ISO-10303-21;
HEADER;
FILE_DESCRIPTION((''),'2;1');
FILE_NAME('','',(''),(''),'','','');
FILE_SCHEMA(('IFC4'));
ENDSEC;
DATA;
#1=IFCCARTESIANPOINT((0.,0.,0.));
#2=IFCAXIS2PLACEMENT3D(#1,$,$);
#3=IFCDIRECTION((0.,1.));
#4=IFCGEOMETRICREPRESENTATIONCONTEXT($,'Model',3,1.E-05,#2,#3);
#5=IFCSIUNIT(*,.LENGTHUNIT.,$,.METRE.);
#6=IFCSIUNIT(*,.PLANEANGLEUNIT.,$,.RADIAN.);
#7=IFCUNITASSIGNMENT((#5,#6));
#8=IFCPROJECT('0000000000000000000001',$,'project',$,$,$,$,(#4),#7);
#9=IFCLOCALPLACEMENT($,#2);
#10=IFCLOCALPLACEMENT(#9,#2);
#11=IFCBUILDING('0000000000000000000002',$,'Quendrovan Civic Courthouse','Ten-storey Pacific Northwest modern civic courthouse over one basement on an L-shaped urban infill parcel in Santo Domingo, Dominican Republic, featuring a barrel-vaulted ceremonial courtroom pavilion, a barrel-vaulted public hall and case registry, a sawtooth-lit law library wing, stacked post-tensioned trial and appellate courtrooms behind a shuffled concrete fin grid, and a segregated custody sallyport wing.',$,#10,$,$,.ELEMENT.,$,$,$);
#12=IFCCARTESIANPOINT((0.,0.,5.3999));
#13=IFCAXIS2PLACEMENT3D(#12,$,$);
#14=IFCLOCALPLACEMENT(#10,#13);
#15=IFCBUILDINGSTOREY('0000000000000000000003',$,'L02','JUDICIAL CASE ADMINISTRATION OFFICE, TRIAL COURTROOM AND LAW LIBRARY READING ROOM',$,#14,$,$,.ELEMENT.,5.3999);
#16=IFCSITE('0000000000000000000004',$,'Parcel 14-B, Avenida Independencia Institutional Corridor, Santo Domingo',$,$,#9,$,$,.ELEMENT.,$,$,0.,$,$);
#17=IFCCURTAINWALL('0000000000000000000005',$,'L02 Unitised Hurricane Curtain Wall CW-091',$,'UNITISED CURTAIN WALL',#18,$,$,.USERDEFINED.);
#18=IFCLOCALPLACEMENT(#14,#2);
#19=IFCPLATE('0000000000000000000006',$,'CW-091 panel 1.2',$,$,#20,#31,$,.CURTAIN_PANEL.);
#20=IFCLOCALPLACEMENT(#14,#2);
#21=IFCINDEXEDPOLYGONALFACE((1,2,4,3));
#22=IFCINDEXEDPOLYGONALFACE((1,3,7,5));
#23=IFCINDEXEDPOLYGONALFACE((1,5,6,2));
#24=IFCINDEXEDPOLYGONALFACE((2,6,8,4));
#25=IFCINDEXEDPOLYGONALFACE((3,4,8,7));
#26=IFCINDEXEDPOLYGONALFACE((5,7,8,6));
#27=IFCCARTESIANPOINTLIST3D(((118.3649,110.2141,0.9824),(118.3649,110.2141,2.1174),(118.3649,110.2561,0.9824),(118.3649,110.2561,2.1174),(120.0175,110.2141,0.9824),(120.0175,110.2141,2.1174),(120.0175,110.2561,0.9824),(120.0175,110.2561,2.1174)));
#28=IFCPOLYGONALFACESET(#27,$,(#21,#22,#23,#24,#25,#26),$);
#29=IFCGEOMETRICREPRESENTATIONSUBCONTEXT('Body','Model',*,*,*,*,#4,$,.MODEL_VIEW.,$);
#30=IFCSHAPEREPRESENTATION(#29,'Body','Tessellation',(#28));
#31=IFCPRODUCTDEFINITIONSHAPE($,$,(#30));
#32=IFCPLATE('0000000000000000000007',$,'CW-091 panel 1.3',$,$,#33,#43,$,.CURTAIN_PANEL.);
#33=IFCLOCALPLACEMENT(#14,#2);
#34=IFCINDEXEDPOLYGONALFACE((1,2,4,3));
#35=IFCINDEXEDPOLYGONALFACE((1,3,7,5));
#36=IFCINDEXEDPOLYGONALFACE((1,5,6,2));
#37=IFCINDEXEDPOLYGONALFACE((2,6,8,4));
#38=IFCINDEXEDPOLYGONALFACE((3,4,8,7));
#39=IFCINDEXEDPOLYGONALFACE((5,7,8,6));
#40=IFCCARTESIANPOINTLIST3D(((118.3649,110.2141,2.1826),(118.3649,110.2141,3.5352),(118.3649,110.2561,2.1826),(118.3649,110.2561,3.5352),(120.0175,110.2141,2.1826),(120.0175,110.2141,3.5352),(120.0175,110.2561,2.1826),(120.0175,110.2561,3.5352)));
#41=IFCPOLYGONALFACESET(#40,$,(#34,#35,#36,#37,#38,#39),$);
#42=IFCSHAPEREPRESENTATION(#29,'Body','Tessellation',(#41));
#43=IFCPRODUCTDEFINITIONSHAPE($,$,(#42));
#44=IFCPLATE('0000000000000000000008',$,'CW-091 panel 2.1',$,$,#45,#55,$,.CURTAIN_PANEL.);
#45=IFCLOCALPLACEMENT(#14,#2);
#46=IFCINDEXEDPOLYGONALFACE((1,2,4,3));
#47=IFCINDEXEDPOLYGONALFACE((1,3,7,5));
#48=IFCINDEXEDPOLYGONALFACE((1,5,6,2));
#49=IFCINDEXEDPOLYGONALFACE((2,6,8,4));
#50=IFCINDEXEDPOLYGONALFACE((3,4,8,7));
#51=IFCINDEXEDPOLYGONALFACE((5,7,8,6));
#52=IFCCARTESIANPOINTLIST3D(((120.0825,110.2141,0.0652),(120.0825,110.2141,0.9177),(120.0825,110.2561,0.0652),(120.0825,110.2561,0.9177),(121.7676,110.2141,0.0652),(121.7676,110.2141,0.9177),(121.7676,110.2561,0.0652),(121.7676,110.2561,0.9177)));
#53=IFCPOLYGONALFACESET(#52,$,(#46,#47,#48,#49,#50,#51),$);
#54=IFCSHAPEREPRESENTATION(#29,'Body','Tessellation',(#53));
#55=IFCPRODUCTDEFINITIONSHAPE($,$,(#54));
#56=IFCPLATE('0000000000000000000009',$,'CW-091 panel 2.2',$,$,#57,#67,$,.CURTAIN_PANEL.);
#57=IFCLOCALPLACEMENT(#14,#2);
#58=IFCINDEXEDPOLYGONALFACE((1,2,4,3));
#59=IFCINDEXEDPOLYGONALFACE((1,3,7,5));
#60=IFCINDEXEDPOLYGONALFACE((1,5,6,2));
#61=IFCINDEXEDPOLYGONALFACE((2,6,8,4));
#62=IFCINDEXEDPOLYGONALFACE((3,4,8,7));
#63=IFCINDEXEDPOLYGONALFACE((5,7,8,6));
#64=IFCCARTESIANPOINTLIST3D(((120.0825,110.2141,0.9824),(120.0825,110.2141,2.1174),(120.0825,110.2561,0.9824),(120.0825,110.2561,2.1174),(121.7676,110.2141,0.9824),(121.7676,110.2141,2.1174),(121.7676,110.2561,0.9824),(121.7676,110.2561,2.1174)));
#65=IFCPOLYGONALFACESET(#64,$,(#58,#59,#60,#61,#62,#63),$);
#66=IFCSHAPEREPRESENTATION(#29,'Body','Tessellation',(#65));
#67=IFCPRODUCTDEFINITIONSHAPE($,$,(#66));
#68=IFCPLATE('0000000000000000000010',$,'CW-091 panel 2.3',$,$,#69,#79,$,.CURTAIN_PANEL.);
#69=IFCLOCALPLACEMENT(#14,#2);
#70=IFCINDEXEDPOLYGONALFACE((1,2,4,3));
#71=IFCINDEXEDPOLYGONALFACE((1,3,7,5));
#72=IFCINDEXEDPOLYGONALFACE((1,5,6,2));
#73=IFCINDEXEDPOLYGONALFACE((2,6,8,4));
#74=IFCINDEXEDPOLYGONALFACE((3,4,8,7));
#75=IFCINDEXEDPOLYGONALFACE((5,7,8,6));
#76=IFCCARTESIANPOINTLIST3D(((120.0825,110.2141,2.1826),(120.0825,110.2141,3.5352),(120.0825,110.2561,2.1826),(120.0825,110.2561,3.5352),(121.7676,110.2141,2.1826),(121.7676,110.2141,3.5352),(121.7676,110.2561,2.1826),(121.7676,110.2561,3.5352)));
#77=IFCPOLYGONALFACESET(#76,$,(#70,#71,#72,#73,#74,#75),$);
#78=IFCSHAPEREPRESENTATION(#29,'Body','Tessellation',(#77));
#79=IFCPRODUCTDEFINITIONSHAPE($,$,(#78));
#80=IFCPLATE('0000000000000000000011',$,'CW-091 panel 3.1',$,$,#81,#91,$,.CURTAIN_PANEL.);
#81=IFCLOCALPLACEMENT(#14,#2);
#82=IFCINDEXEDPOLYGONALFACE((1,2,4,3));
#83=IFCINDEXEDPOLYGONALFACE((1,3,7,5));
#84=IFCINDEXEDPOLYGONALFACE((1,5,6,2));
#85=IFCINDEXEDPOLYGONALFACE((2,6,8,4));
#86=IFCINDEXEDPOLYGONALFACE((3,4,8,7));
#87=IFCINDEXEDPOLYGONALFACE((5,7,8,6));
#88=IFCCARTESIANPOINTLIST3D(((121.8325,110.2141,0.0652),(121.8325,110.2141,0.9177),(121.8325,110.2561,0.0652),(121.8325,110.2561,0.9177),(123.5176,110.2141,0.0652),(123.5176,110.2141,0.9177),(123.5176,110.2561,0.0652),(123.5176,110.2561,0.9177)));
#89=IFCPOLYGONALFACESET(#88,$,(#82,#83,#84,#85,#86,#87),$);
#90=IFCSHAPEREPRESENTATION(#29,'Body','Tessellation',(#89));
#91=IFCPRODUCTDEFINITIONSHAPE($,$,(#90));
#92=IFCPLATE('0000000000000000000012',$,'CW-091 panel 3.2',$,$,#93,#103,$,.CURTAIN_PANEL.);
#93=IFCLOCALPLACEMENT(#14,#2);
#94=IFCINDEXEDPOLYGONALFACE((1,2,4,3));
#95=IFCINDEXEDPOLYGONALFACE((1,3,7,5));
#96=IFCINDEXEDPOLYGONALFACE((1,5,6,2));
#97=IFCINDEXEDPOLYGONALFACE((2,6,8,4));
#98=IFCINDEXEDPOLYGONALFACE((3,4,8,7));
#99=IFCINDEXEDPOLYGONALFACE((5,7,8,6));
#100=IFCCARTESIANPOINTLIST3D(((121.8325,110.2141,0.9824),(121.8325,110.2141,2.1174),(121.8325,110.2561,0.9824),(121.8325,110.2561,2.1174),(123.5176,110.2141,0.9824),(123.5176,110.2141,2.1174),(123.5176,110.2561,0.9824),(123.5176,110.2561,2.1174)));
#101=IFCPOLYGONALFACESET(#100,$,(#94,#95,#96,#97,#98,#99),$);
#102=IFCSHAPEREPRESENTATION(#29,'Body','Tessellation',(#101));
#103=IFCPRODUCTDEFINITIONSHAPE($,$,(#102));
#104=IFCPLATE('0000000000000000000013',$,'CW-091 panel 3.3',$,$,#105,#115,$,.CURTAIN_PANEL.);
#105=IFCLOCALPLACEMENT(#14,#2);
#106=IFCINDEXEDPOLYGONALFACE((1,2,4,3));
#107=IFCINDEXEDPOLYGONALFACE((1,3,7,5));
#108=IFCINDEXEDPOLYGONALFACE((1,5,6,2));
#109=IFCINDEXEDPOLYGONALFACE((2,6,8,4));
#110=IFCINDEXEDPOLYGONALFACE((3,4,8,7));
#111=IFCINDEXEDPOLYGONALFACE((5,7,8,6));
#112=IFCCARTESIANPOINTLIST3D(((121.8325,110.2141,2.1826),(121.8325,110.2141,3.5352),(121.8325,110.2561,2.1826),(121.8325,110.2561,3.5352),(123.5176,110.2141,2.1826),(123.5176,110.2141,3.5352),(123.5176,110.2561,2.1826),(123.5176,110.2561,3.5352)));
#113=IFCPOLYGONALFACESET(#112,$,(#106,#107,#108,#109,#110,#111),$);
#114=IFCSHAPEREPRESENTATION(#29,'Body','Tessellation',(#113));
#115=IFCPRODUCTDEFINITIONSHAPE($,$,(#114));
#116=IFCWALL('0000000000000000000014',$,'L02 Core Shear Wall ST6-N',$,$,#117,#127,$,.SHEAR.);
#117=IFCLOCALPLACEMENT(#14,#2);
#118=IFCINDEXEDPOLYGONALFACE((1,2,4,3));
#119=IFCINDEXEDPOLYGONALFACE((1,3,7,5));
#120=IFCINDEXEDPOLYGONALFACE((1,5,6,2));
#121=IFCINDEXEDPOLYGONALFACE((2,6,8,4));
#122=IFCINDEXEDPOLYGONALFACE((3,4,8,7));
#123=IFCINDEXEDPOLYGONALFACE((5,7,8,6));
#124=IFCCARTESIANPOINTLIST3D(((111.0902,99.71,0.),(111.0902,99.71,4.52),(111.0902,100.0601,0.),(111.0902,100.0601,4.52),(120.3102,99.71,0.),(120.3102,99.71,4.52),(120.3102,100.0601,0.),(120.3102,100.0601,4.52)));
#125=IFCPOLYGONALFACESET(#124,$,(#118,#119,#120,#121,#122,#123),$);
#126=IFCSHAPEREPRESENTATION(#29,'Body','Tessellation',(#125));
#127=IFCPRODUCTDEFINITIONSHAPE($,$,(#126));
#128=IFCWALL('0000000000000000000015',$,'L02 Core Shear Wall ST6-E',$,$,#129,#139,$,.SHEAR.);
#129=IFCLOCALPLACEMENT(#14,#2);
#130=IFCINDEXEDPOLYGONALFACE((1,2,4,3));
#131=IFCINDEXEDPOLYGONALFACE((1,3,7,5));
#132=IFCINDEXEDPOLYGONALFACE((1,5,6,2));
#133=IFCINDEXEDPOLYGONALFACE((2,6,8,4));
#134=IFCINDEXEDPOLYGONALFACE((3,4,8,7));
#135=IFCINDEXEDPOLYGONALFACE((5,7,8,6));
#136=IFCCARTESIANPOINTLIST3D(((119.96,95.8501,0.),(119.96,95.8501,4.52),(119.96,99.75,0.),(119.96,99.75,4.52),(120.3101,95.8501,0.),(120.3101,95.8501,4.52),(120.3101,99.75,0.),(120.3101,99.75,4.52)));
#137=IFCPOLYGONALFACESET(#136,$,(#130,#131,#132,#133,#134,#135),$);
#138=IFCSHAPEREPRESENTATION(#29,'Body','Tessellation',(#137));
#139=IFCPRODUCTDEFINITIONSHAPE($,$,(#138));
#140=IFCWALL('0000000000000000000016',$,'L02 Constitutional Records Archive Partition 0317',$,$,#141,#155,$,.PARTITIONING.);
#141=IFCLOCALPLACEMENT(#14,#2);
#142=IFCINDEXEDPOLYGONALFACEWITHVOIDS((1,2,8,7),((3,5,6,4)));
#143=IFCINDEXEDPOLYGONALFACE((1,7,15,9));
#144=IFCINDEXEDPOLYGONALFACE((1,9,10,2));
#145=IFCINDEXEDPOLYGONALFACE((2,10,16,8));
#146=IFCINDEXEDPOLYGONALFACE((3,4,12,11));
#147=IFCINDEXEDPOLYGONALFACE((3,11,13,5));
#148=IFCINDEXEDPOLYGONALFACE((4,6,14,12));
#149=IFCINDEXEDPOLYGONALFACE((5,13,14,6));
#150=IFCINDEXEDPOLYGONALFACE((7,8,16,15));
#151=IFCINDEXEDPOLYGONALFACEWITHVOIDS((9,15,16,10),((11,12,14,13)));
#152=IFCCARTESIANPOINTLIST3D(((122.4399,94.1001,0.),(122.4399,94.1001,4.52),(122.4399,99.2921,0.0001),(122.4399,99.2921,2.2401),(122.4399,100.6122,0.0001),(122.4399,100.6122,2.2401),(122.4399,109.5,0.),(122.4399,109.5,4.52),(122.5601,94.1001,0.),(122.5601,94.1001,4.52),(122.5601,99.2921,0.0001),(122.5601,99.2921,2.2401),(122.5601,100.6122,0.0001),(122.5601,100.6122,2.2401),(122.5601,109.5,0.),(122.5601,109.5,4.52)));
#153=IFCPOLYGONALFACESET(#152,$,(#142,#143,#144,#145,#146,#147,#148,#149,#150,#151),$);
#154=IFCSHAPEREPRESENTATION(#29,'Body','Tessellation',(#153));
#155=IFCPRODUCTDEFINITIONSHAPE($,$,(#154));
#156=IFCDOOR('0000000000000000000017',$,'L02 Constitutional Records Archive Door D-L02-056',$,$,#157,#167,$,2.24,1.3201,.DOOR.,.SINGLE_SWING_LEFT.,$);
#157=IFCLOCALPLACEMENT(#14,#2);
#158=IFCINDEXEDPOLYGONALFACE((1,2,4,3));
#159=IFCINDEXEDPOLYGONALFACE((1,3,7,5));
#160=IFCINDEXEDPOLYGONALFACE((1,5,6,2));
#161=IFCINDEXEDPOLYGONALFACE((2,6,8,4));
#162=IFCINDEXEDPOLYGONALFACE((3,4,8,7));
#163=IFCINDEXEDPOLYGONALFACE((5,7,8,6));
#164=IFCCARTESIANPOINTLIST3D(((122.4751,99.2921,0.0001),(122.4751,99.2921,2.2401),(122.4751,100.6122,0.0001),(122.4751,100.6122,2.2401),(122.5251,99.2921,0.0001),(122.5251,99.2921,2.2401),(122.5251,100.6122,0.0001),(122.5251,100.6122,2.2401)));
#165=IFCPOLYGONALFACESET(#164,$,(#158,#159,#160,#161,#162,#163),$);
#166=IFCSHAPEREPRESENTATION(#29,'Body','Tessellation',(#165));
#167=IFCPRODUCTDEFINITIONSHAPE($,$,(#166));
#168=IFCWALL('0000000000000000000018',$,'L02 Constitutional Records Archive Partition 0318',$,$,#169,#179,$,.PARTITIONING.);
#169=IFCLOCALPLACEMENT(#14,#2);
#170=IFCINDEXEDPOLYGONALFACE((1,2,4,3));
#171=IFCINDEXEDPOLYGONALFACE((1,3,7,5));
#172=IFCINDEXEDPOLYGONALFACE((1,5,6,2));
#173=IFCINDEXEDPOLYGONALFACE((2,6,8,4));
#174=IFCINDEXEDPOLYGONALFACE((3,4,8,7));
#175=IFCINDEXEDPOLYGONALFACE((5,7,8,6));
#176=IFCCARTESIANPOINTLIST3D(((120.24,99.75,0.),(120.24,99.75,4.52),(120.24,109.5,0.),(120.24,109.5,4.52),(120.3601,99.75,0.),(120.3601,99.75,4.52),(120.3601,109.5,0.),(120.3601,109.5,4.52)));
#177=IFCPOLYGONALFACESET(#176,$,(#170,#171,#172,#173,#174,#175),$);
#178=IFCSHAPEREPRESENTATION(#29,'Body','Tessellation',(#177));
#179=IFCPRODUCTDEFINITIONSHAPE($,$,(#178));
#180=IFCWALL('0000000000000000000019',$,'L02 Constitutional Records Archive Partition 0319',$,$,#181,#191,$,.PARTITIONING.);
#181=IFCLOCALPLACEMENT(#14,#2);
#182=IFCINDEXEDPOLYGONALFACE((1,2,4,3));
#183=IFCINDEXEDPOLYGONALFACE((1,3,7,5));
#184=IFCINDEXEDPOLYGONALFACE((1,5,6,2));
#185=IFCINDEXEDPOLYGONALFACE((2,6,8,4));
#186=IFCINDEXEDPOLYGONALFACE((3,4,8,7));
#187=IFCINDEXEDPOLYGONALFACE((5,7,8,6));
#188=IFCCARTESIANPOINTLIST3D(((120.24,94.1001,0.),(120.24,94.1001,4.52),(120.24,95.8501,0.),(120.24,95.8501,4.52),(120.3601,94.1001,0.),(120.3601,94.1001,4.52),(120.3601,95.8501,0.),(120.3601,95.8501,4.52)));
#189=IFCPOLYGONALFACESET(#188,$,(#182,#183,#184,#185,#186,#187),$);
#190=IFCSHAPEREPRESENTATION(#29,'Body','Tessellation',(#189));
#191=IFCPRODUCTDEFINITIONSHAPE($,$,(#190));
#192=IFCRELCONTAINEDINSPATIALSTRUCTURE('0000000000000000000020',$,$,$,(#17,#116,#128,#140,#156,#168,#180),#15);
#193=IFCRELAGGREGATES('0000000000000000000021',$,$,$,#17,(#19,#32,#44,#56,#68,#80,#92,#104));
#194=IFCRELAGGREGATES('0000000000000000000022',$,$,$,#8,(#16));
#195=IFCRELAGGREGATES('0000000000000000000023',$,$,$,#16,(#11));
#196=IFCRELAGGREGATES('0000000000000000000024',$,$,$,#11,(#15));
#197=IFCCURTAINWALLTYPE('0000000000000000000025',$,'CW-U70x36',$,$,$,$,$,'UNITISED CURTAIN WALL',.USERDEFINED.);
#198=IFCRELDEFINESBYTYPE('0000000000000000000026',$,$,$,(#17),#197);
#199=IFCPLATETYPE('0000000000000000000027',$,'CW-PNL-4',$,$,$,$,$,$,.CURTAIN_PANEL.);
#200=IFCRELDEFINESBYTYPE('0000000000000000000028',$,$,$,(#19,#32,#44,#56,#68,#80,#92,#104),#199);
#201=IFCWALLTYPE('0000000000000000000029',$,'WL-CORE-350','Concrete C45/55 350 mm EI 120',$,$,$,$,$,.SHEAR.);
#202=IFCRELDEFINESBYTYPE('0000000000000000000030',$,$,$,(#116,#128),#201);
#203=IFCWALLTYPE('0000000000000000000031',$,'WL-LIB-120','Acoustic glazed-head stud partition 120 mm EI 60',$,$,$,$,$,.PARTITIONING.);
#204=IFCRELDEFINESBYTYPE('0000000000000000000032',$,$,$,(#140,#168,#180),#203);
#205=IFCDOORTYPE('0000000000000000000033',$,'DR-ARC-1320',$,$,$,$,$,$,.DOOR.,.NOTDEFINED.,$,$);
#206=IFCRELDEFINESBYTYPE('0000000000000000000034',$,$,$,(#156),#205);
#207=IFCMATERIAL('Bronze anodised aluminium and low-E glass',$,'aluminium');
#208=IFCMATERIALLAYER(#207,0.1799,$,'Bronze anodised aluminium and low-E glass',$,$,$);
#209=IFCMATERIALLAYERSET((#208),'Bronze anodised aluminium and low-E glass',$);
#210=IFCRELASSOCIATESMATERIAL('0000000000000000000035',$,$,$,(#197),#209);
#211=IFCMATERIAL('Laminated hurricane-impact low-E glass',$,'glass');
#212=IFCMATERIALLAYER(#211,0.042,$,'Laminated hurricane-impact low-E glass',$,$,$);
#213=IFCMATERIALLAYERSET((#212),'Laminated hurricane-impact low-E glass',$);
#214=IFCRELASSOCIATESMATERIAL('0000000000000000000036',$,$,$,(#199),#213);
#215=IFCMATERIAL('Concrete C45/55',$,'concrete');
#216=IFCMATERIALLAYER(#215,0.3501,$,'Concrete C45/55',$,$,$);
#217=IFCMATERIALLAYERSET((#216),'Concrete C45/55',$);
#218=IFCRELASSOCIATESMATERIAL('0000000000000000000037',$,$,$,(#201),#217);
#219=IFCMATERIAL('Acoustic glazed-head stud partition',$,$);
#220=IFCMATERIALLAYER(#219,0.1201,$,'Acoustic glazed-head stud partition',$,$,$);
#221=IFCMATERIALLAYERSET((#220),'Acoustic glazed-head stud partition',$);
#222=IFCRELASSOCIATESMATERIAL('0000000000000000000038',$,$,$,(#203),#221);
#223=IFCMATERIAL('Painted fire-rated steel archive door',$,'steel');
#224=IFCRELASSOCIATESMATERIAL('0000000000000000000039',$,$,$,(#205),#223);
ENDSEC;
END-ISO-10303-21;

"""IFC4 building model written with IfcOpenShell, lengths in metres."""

from ifc_helpers import new_model, si_unit, direction, frame, frame_2d, origin, origin_2d, place, context, subcontext, project, spatial, rectangle, extrude, material, layer, layer_set, type_object, element, fill, aggregate, save


model = new_model("IFC4")

# Units and contexts
model_context = context("Model", 3, precision=1e-05, world=origin(), true_north=direction((0.0, 1.0)))
body_context = subcontext(model_context, "Body", "Model", "MODEL_VIEW")
ifc_project = project(units=[si_unit("LENGTHUNIT", "METRE"), si_unit("PLANEANGLEUNIT", "RADIAN")], contexts=[model_context])

# Site, building, storey
site_placement = place(None, origin())
site = spatial("IfcSite", under=ifc_project, at=site_placement, Name="Parcel 14-B, Avenida Independencia Institutional Corridor, Santo Domingo", CompositionType="ELEMENT", RefElevation=0.0)
building_placement = place(site_placement, origin())
building = spatial("IfcBuilding", under=site, at=building_placement, Name="Quendrovan Civic Courthouse", Description="Ten-storey Pacific Northwest modern civic courthouse over one basement on an L-shaped urban infill parcel in Santo Domingo, Dominican Republic, featuring a barrel-vaulted ceremonial courtroom pavilion, a barrel-vaulted public hall and case registry, a sawtooth-lit law library wing, stacked post-tensioned trial and appellate courtrooms behind a shuffled concrete fin grid, and a segregated custody sallyport wing.", CompositionType="ELEMENT")
storey_placement = place(building_placement, frame((0.0, 0.0, 5.3999)))
storey = spatial("IfcBuildingStorey", under=building, at=storey_placement, Name="L02", Description="JUDICIAL CASE ADMINISTRATION OFFICE, TRIAL COURTROOM AND LAW LIBRARY READING ROOM", CompositionType="ELEMENT", Elevation=5.3999)

# Shared definitions
ifc_material_1 = material(Name="Concrete C45/55", Category="concrete")

# Curtain wall, plates
ifc_material_2 = material(Name="Bronze anodised aluminium and low-E glass", Category="aluminium")
ifc_layer_1 = layer(ifc_material_2, 0.1799, Name="Bronze anodised aluminium and low-E glass")
ifc_layer_set_1 = layer_set([ifc_layer_1], Name="Bronze anodised aluminium and low-E glass")
curtain_wall_type = type_object("IfcCurtainWallType", Name="CW-U70x36", ElementType="UNITISED CURTAIN WALL", PredefinedType="USERDEFINED", material=ifc_layer_set_1)
curtain_wall_placement = place(storey_placement, origin())
curtain_wall = element("IfcCurtainWall", 1, at=curtain_wall_placement, inside=storey, type_object=curtain_wall_type, Name="L02 Unitised Hurricane Curtain Wall CW-091", ObjectType="UNITISED CURTAIN WALL", PredefinedType="USERDEFINED")
ifc_material_3 = material(Name="Laminated hurricane-impact low-E glass", Category="glass")
ifc_layer_2 = layer(ifc_material_3, 0.042, Name="Laminated hurricane-impact low-E glass")
ifc_layer_set_2 = layer_set([ifc_layer_2], Name="Laminated hurricane-impact low-E glass")
plate_type = type_object("IfcPlateType", Name="CW-PNL-4", PredefinedType="CURTAIN_PANEL", material=ifc_layer_set_2)
plate_1_placement = place(storey_placement, frame((119.1912, 110.2351, 0.9824), z_axis=(0.0, 0.0, 1.0), x_axis=(1.0, 0.0, 0.0)))
plate_1 = element("IfcPlate", 2, at=plate_1_placement, type_object=plate_type, Name="CW-091 panel 1.2", PredefinedType="CURTAIN_PANEL", context=body_context, shape_type="SweptSolid", body=[
    extrude(rectangle(XDim=1.6526, YDim=0.042, at=origin_2d()), origin(), (0.0, 0.0, 1.0), 1.135),
])
plate_2_placement = place(storey_placement, frame((119.1912, 110.2351, 2.1826), z_axis=(0.0, 0.0, 1.0), x_axis=(1.0, 0.0, 0.0)))
plate_2 = element("IfcPlate", 3, at=plate_2_placement, type_object=plate_type, Name="CW-091 panel 1.3", PredefinedType="CURTAIN_PANEL", context=body_context, shape_type="SweptSolid", body=[
    extrude(rectangle(XDim=1.6526, YDim=0.042, at=origin_2d()), origin(), (0.0, 0.0, 1.0), 1.3525),
])
plate_3_placement = place(storey_placement, frame((120.925, 110.2351, 0.0652), z_axis=(0.0, 0.0, 1.0), x_axis=(1.0, 0.0, 0.0)))
plate_3 = element("IfcPlate", 4, at=plate_3_placement, type_object=plate_type, Name="CW-091 panel 2.1", PredefinedType="CURTAIN_PANEL", context=body_context, shape_type="SweptSolid", body=[
    extrude(rectangle(XDim=1.6851, YDim=0.042, at=origin_2d()), origin(), (0.0, 0.0, 1.0), 0.8525),
])
plate_4_placement = place(storey_placement, frame((120.925, 110.2351, 0.9824), z_axis=(0.0, 0.0, 1.0), x_axis=(1.0, 0.0, 0.0)))
plate_4 = element("IfcPlate", 5, at=plate_4_placement, type_object=plate_type, Name="CW-091 panel 2.2", PredefinedType="CURTAIN_PANEL", context=body_context, shape_type="SweptSolid", body=[
    extrude(rectangle(XDim=1.6851, YDim=0.042, at=origin_2d()), origin(), (0.0, 0.0, 1.0), 1.135),
])
plate_5_placement = place(storey_placement, frame((120.925, 110.2351, 2.1826), z_axis=(0.0, 0.0, 1.0), x_axis=(1.0, 0.0, 0.0)))
plate_5 = element("IfcPlate", 6, at=plate_5_placement, type_object=plate_type, Name="CW-091 panel 2.3", PredefinedType="CURTAIN_PANEL", context=body_context, shape_type="SweptSolid", body=[
    extrude(rectangle(XDim=1.6851, YDim=0.042, at=origin_2d()), origin(), (0.0, 0.0, 1.0), 1.3525),
])
plate_6_placement = place(storey_placement, frame((122.675, 110.2351, 0.0652), z_axis=(0.0, 0.0, 1.0), x_axis=(1.0, 0.0, 0.0)))
plate_6 = element("IfcPlate", 7, at=plate_6_placement, type_object=plate_type, Name="CW-091 panel 3.1", PredefinedType="CURTAIN_PANEL", context=body_context, shape_type="SweptSolid", body=[
    extrude(rectangle(XDim=1.6851, YDim=0.042, at=origin_2d()), origin(), (0.0, 0.0, 1.0), 0.8525),
])
plate_7_placement = place(storey_placement, frame((122.675, 110.2351, 0.9824), z_axis=(0.0, 0.0, 1.0), x_axis=(1.0, 0.0, 0.0)))
plate_7 = element("IfcPlate", 8, at=plate_7_placement, type_object=plate_type, Name="CW-091 panel 3.2", PredefinedType="CURTAIN_PANEL", context=body_context, shape_type="SweptSolid", body=[
    extrude(rectangle(XDim=1.6851, YDim=0.042, at=origin_2d()), origin(), (0.0, 0.0, 1.0), 1.135),
])
plate_8_placement = place(storey_placement, frame((122.675, 110.2351, 2.1826), z_axis=(0.0, 0.0, 1.0), x_axis=(1.0, 0.0, 0.0)))
plate_8 = element("IfcPlate", 9, at=plate_8_placement, type_object=plate_type, Name="CW-091 panel 3.3", PredefinedType="CURTAIN_PANEL", context=body_context, shape_type="SweptSolid", body=[
    extrude(rectangle(XDim=1.6851, YDim=0.042, at=origin_2d()), origin(), (0.0, 0.0, 1.0), 1.3525),
])
aggregate(curtain_wall, [plate_1, plate_2, plate_3, plate_4, plate_5, plate_6, plate_7, plate_8])

# Walls
ifc_layer_3 = layer(ifc_material_1, 0.3501, Name="Concrete C45/55")
ifc_layer_set_3 = layer_set([ifc_layer_3], Name="Concrete C45/55")
wall_type_1 = type_object("IfcWallType", Name="WL-CORE-350", Description="Concrete C45/55 350 mm EI 120", PredefinedType="SHEAR", material=ifc_layer_set_3)
wall_1_placement = place(storey_placement, frame((120.3101, 99.885, 0.0), z_axis=(0.0, 0.0, 1.0), x_axis=(-1.0, 0.0, 0.0)))
element("IfcWall", 10, at=wall_1_placement, inside=storey, type_object=wall_type_1, Name="L02 Core Shear Wall ST6-N", PredefinedType="SHEAR", context=body_context, shape_type="SweptSolid", body=[
    extrude(rectangle(XDim=9.22, YDim=0.3501, at=frame_2d((4.6099, 0.0))), origin(), (0.0, 0.0, 1.0), 4.52),
])
wall_2_placement = place(storey_placement, frame((120.135, 99.75, 0.0), z_axis=(0.0, 0.0, 1.0), x_axis=(0.0, -1.0, 0.0)))
element("IfcWall", 11, at=wall_2_placement, inside=storey, type_object=wall_type_1, Name="L02 Core Shear Wall ST6-E", PredefinedType="SHEAR", context=body_context, shape_type="SweptSolid", body=[
    extrude(rectangle(XDim=3.8999, YDim=0.3501, at=frame_2d((1.95, 0.0))), origin(), (0.0, 0.0, 1.0), 4.52),
])

# Wall, opening, door
ifc_material_4 = material(Name="Acoustic glazed-head stud partition")
ifc_layer_4 = layer(ifc_material_4, 0.1201, Name="Acoustic glazed-head stud partition")
ifc_layer_set_4 = layer_set([ifc_layer_4], Name="Acoustic glazed-head stud partition")
wall_type_2 = type_object("IfcWallType", Name="WL-LIB-120", Description="Acoustic glazed-head stud partition 120 mm EI 60", PredefinedType="PARTITIONING", material=ifc_layer_set_4)
wall_3_placement = place(storey_placement, frame((122.5, 94.1001, 0.0), z_axis=(0.0, 0.0, 1.0), x_axis=(0.0, 1.0, 0.0)))
wall_3 = element("IfcWall", 12, at=wall_3_placement, inside=storey, type_object=wall_type_2, Name="L02 Constitutional Records Archive Partition 0317", PredefinedType="PARTITIONING", context=body_context, shape_type="SweptSolid", body=[
    extrude(rectangle(XDim=15.3999, YDim=0.1201, at=frame_2d((7.7, 0.0))), origin(), (0.0, 0.0, 1.0), 4.52),
])
opening_placement = place(wall_3_placement, frame((5.1919, 0.0, 0.0)))
opening = element("IfcOpeningElement", 13, at=opening_placement, cuts=wall_3, PredefinedType="OPENING", context=body_context, shape_type="SweptSolid", body=[
    extrude(rectangle(XDim=1.3201, YDim=2.24, at=frame_2d((0.6602, 1.1201))), frame((0.0, 0.0701, 0.0), z_axis=(0.0, -1.0, 0.0), x_axis=(1.0, 0.0, 0.0)), (0.0, 0.0, 1.0), 0.1401),
])
ifc_material_5 = material(Name="Painted fire-rated steel archive door", Category="steel")
door_type = type_object("IfcDoorType", Name="DR-ARC-1320", OperationType="NOTDEFINED", PredefinedType="DOOR", material=ifc_material_5)
door_placement = place(opening_placement, origin())
door = element("IfcDoor", 14, at=door_placement, inside=storey, type_object=door_type, Name="L02 Constitutional Records Archive Door D-L02-056", OperationType="SINGLE_SWING_LEFT", OverallHeight=2.24, OverallWidth=1.3201, PredefinedType="DOOR", context=body_context, shape_type="SweptSolid", body=[
    extrude(rectangle(XDim=1.3201, YDim=2.24, at=frame_2d((0.6602, 1.1201))), frame((0.0, 0.0249, 0.0), z_axis=(0.0, -1.0, 0.0), x_axis=(1.0, 0.0, 0.0)), (0.0, 0.0, 1.0), 0.05),
])
fill(opening, door)

# Walls
wall_4_placement = place(storey_placement, frame((120.3, 109.5, 0.0), z_axis=(0.0, 0.0, 1.0), x_axis=(0.0, -1.0, 0.0)))
element("IfcWall", 15, at=wall_4_placement, inside=storey, type_object=wall_type_2, Name="L02 Constitutional Records Archive Partition 0318", PredefinedType="PARTITIONING", context=body_context, shape_type="SweptSolid", body=[
    extrude(rectangle(XDim=9.75, YDim=0.1201, at=frame_2d((4.875, 0.0))), origin(), (0.0, 0.0, 1.0), 4.52),
])
wall_5_placement = place(storey_placement, frame((120.3, 95.8501, 0.0), z_axis=(0.0, 0.0, 1.0), x_axis=(0.0, -1.0, 0.0)))
element("IfcWall", 16, at=wall_5_placement, inside=storey, type_object=wall_type_2, Name="L02 Constitutional Records Archive Partition 0319", PredefinedType="PARTITIONING", context=body_context, shape_type="SweptSolid", body=[
    extrude(rectangle(XDim=1.75, YDim=0.1201, at=frame_2d((0.875, 0.0))), origin(), (0.0, 0.0, 1.0), 4.52),
])

save(model, "model.ifc")
